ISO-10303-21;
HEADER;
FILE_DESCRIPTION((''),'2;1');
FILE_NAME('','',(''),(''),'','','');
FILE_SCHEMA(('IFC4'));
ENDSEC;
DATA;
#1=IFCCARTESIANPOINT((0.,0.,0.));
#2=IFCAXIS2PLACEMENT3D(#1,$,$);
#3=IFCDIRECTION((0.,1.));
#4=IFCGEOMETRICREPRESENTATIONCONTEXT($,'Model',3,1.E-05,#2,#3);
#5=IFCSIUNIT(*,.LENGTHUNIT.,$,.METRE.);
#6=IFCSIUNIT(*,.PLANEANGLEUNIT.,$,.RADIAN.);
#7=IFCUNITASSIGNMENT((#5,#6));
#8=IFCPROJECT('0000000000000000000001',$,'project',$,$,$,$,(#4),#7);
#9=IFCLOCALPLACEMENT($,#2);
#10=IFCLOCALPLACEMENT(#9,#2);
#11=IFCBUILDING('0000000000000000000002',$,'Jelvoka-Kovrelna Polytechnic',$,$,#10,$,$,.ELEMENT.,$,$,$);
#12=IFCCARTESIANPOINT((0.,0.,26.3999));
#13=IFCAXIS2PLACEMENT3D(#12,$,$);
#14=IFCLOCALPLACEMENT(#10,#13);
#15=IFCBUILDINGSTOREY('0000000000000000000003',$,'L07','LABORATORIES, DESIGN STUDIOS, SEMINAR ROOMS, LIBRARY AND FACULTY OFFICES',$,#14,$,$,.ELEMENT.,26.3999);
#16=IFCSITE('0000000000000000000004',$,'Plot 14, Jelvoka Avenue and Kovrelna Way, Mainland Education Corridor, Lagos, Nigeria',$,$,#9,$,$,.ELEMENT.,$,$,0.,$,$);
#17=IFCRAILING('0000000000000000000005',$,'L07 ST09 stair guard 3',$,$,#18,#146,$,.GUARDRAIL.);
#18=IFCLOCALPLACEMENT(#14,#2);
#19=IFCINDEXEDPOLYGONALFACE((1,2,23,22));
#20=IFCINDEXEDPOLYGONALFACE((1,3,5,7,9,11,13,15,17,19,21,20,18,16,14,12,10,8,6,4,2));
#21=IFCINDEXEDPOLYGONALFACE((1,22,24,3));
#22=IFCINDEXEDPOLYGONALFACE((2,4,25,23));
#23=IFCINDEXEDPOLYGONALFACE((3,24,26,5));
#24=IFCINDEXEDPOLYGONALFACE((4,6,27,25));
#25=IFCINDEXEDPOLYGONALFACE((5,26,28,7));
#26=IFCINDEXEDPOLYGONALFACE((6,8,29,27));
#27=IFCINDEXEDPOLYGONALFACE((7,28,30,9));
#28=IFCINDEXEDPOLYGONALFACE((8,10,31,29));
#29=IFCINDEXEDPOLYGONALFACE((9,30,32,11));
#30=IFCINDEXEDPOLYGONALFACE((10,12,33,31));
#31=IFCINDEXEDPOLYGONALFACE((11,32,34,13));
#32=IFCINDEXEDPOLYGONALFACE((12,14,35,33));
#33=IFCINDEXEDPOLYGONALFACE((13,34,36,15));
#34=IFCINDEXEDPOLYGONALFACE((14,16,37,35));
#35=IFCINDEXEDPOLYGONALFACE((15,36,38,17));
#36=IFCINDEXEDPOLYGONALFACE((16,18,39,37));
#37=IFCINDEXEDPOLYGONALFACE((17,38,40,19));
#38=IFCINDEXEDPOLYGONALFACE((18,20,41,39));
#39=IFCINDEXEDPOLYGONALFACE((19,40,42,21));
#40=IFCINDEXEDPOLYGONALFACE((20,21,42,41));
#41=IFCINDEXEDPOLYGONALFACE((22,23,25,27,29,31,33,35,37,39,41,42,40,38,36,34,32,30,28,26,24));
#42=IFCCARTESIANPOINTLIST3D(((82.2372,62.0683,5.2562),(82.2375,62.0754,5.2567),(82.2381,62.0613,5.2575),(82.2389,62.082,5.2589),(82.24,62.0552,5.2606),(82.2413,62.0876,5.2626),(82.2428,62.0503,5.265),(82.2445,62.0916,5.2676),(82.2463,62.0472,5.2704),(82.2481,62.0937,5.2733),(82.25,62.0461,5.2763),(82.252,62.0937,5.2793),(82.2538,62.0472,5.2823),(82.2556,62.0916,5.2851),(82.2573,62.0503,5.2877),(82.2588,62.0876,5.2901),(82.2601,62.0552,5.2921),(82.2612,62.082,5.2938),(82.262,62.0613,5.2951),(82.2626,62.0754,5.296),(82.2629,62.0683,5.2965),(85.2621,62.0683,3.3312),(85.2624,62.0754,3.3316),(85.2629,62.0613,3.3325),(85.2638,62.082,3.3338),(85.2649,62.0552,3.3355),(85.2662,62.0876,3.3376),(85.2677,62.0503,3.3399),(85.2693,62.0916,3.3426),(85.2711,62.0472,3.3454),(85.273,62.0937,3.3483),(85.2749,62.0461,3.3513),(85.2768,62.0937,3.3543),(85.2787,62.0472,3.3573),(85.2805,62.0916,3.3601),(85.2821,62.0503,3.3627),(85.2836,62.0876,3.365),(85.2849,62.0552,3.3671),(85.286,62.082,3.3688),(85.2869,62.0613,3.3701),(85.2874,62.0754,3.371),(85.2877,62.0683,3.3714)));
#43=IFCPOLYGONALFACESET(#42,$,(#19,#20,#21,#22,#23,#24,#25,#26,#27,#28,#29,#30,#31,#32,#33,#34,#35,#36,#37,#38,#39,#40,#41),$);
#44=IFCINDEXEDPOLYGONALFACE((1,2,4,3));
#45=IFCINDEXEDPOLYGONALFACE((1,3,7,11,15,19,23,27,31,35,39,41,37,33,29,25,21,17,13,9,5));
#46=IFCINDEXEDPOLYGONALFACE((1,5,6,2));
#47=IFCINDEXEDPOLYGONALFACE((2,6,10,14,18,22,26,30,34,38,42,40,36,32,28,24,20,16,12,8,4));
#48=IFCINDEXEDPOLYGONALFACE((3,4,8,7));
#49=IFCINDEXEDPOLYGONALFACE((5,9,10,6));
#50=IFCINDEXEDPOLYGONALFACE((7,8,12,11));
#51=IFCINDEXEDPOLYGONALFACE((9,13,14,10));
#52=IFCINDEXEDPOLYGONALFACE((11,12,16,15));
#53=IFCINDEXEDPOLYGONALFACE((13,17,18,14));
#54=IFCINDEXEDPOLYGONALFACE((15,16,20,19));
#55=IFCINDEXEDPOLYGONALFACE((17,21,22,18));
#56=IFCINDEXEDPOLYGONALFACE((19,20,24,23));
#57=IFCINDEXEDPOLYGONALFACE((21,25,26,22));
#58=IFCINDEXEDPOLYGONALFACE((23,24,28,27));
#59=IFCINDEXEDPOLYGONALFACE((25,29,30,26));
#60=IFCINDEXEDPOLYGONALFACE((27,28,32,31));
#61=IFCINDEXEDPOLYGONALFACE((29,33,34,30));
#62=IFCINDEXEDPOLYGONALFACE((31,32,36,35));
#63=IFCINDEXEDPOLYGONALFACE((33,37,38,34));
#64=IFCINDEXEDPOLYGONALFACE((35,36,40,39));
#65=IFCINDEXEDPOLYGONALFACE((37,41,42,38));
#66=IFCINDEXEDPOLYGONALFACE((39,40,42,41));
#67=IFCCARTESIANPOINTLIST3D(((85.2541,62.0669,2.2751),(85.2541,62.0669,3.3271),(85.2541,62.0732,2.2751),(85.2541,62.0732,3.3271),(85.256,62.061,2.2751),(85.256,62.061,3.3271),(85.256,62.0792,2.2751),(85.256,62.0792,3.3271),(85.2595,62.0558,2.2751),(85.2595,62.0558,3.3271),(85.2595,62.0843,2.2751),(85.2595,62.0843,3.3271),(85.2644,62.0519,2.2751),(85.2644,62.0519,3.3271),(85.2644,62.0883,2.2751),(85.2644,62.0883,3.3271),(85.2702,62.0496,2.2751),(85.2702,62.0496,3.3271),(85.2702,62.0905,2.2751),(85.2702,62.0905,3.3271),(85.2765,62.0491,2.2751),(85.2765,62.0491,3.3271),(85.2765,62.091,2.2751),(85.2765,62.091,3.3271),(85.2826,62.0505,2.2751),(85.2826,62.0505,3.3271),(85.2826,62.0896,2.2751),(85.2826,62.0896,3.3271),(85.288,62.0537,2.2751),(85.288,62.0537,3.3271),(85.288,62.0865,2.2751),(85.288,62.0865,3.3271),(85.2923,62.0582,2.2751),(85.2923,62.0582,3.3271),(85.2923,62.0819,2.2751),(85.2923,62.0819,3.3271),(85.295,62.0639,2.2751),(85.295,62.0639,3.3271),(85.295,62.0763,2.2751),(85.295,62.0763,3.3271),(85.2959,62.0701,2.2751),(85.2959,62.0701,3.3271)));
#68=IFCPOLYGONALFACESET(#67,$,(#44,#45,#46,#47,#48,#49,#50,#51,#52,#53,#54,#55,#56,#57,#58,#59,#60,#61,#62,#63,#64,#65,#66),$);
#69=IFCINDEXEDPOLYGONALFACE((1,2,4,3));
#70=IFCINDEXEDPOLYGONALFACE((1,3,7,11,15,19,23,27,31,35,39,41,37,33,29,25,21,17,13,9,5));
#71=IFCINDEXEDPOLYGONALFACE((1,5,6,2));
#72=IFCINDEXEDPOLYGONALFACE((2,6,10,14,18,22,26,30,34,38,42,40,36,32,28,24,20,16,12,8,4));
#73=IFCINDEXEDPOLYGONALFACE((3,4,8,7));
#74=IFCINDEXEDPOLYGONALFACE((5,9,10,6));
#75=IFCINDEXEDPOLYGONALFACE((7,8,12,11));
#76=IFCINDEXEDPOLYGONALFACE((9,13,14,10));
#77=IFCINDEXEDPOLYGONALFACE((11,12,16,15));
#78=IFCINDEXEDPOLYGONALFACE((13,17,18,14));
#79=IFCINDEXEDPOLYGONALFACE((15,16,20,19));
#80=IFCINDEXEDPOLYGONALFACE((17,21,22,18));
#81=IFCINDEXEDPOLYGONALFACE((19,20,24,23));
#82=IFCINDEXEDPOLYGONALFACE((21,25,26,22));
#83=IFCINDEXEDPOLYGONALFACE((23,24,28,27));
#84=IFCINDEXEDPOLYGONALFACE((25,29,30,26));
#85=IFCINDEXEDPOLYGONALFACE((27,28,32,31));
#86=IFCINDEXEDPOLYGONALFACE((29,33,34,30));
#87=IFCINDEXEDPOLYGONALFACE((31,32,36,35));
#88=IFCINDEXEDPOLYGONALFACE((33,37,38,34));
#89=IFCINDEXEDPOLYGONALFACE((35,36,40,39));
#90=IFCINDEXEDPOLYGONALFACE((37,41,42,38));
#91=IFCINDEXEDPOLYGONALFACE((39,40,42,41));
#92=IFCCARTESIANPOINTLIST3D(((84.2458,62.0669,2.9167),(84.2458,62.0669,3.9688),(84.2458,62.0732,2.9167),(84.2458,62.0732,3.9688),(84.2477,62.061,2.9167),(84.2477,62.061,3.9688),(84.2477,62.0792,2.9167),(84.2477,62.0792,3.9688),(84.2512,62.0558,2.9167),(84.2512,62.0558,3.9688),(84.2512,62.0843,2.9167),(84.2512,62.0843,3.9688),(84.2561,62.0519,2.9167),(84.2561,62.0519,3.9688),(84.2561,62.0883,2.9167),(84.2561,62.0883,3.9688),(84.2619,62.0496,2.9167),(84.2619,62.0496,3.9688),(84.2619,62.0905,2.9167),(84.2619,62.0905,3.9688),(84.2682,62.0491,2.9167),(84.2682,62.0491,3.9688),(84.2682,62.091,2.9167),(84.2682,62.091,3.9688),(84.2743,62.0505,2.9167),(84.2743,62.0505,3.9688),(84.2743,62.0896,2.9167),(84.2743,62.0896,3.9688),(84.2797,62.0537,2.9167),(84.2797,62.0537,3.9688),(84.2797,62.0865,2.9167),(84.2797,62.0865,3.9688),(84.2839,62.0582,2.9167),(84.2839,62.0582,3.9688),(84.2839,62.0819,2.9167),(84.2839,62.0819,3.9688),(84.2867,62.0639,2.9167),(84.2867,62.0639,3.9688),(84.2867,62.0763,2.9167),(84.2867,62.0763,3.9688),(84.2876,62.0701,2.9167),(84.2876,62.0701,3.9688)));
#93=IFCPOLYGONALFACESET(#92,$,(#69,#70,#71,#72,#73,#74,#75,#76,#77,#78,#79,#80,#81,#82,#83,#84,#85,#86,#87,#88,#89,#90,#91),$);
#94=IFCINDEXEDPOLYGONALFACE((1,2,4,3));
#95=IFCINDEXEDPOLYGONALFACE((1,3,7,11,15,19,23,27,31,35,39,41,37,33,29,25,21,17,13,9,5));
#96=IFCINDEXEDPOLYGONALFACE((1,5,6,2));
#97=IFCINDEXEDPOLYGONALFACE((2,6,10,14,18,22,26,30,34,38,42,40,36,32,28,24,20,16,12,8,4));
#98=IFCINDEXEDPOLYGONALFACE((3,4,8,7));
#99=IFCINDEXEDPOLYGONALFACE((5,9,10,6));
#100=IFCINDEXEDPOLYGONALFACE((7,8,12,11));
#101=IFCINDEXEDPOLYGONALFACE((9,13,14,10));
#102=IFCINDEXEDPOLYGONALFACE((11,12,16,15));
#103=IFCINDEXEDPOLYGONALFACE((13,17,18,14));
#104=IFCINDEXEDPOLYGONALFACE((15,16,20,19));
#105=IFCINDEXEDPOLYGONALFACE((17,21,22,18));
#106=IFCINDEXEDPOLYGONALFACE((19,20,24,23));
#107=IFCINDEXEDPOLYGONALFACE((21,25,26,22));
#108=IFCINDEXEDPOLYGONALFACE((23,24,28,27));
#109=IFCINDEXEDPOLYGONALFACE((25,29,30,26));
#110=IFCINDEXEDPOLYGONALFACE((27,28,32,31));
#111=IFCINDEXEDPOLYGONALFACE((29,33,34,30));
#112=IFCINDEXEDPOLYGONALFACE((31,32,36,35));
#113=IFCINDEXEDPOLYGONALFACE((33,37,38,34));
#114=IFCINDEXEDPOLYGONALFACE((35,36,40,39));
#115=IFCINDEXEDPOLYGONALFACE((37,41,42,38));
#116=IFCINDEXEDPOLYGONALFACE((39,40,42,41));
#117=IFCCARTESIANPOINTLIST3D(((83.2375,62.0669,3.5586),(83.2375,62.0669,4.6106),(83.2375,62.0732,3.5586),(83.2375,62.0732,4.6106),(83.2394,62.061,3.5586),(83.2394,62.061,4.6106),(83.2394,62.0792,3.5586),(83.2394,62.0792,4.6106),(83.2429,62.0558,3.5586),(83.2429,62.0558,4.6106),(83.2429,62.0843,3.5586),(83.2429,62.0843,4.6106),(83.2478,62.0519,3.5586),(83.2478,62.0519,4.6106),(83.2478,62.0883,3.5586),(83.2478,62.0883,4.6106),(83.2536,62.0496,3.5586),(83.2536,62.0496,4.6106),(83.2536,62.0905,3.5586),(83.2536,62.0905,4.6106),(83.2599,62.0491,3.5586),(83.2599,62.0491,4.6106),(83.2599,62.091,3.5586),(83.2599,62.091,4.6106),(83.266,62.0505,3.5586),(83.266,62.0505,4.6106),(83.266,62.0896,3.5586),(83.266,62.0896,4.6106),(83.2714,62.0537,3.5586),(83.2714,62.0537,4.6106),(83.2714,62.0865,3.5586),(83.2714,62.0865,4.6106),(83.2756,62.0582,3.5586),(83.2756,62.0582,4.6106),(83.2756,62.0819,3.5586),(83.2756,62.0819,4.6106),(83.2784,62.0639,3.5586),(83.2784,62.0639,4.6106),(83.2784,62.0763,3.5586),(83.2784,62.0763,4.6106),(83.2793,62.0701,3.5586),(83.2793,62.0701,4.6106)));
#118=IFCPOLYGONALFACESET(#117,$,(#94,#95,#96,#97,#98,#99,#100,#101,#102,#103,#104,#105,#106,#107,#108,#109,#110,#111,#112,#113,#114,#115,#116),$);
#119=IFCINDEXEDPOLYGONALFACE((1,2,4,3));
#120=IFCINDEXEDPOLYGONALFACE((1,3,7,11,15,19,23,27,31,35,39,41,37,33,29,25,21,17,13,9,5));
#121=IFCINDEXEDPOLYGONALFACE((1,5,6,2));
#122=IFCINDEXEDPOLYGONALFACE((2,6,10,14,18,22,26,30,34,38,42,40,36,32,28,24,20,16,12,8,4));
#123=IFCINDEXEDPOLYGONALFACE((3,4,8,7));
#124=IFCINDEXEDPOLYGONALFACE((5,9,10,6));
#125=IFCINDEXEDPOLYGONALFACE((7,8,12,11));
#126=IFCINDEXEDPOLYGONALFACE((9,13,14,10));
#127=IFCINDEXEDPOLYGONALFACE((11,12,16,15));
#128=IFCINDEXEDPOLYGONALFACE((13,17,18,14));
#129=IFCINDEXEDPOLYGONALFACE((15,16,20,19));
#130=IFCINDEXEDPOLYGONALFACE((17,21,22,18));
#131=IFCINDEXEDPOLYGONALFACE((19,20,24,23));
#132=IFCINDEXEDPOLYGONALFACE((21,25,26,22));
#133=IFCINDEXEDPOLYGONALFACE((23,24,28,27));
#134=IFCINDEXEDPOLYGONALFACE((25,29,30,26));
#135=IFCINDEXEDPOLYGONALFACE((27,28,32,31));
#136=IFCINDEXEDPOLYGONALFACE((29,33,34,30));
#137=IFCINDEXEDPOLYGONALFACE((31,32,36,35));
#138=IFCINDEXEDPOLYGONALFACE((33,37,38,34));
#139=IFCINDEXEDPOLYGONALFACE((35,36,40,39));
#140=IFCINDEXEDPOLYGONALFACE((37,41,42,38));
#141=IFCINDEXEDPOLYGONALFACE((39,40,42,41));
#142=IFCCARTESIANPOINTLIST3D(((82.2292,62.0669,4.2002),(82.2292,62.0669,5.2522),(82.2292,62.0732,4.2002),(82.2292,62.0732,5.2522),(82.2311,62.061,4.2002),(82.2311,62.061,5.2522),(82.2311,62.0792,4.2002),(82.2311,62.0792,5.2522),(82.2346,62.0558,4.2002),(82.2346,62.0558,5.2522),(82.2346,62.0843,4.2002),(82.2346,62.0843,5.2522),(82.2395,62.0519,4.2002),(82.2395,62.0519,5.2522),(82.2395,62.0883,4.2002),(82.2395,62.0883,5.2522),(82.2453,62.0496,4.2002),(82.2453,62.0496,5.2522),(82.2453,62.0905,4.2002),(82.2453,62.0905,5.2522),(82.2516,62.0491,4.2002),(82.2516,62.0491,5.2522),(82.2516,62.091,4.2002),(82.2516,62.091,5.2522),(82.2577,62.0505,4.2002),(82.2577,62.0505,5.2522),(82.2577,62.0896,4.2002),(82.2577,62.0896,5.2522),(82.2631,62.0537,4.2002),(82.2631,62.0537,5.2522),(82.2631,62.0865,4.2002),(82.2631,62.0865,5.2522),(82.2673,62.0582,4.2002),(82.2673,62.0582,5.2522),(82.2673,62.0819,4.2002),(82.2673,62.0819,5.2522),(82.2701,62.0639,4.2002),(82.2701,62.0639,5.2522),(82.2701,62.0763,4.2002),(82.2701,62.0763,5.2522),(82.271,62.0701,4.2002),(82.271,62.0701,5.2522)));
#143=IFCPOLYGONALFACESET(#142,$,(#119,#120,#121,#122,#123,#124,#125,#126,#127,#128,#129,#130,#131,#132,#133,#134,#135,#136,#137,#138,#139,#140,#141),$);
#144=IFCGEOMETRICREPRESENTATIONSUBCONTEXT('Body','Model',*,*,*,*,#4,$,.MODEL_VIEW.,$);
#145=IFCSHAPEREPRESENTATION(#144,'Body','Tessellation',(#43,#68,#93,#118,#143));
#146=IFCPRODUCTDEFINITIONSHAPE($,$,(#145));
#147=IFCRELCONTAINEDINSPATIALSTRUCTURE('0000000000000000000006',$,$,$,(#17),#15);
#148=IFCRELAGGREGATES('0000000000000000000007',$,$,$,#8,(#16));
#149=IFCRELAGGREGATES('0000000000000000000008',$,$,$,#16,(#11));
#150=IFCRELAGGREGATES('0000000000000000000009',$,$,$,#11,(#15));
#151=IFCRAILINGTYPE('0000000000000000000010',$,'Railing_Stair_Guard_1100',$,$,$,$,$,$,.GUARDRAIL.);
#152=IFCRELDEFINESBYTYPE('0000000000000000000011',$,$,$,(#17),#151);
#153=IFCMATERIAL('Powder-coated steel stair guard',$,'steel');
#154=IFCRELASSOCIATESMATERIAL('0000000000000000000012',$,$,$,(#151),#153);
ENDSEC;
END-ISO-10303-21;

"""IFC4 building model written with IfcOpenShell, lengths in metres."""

from ifc_helpers import new_model, si_unit, direction, frame, origin, origin_2d, place, context, subcontext, project, spatial, circle, extrude, material, type_object, element, save


model = new_model("IFC4")

# Units and contexts
model_context = context("Model", 3, precision=1e-05, world=origin(), true_north=direction((0.0, 1.0)))
body_context = subcontext(model_context, "Body", "Model", "MODEL_VIEW")
ifc_project = project(units=[si_unit("LENGTHUNIT", "METRE"), si_unit("PLANEANGLEUNIT", "RADIAN")], contexts=[model_context])

# Site, building, storey
site_placement = place(None, origin())
site = spatial("IfcSite", under=ifc_project, at=site_placement, Name="Plot 14, Jelvoka Avenue and Kovrelna Way, Mainland Education Corridor, Lagos, Nigeria", CompositionType="ELEMENT", RefElevation=0.0)
building_placement = place(site_placement, origin())
building = spatial("IfcBuilding", under=site, at=building_placement, Name="Jelvoka-Kovrelna Polytechnic", CompositionType="ELEMENT")
storey_placement = place(building_placement, frame((0.0, 0.0, 26.3999)))
storey = spatial("IfcBuildingStorey", under=building, at=storey_placement, Name="L07", Description="LABORATORIES, DESIGN STUDIOS, SEMINAR ROOMS, LIBRARY AND FACULTY OFFICES", CompositionType="ELEMENT", Elevation=26.3999)

# Railing
ifc_material_1 = material(Name="Powder-coated steel stair guard", Category="steel")
railing_type_1 = type_object("IfcRailingType", Name="Railing_Stair_Guard_1100", PredefinedType="GUARDRAIL", material=ifc_material_1)
railing_1_placement = place(storey_placement, frame((85.2749, 62.0701, 2.2751)))
element("IfcRailing", 1, at=railing_1_placement, inside=storey, type_object=railing_type_1, Name="L07 ST09 stair guard 3", PredefinedType="GUARDRAIL", context=body_context, shape_type="SweptSolid", body=[
    extrude(circle(Radius=0.0239, at=origin_2d()), frame((0.0, 0.0, 1.0762), z_axis=(-0.843647, 0.0, 0.536898), x_axis=(0.0, -1.0, 0.0)), (0.0, 0.0, 1.0), 3.5854),
    extrude(circle(Radius=0.021, at=origin_2d()), origin(), (0.0, 0.0, 1.0), 1.052),
    extrude(circle(Radius=0.021, at=origin_2d()), frame((-1.0083, 0.0, 0.6416)), (0.0, 0.0, 1.0), 1.052),
    extrude(circle(Radius=0.021, at=origin_2d()), frame((-2.0166, 0.0, 1.2834)), (0.0, 0.0, 1.0), 1.052),
    extrude(circle(Radius=0.021, at=origin_2d()), frame((-3.0249, 0.0, 1.925)), (0.0, 0.0, 1.0), 1.052),
])

save(model, "model.ifc")
